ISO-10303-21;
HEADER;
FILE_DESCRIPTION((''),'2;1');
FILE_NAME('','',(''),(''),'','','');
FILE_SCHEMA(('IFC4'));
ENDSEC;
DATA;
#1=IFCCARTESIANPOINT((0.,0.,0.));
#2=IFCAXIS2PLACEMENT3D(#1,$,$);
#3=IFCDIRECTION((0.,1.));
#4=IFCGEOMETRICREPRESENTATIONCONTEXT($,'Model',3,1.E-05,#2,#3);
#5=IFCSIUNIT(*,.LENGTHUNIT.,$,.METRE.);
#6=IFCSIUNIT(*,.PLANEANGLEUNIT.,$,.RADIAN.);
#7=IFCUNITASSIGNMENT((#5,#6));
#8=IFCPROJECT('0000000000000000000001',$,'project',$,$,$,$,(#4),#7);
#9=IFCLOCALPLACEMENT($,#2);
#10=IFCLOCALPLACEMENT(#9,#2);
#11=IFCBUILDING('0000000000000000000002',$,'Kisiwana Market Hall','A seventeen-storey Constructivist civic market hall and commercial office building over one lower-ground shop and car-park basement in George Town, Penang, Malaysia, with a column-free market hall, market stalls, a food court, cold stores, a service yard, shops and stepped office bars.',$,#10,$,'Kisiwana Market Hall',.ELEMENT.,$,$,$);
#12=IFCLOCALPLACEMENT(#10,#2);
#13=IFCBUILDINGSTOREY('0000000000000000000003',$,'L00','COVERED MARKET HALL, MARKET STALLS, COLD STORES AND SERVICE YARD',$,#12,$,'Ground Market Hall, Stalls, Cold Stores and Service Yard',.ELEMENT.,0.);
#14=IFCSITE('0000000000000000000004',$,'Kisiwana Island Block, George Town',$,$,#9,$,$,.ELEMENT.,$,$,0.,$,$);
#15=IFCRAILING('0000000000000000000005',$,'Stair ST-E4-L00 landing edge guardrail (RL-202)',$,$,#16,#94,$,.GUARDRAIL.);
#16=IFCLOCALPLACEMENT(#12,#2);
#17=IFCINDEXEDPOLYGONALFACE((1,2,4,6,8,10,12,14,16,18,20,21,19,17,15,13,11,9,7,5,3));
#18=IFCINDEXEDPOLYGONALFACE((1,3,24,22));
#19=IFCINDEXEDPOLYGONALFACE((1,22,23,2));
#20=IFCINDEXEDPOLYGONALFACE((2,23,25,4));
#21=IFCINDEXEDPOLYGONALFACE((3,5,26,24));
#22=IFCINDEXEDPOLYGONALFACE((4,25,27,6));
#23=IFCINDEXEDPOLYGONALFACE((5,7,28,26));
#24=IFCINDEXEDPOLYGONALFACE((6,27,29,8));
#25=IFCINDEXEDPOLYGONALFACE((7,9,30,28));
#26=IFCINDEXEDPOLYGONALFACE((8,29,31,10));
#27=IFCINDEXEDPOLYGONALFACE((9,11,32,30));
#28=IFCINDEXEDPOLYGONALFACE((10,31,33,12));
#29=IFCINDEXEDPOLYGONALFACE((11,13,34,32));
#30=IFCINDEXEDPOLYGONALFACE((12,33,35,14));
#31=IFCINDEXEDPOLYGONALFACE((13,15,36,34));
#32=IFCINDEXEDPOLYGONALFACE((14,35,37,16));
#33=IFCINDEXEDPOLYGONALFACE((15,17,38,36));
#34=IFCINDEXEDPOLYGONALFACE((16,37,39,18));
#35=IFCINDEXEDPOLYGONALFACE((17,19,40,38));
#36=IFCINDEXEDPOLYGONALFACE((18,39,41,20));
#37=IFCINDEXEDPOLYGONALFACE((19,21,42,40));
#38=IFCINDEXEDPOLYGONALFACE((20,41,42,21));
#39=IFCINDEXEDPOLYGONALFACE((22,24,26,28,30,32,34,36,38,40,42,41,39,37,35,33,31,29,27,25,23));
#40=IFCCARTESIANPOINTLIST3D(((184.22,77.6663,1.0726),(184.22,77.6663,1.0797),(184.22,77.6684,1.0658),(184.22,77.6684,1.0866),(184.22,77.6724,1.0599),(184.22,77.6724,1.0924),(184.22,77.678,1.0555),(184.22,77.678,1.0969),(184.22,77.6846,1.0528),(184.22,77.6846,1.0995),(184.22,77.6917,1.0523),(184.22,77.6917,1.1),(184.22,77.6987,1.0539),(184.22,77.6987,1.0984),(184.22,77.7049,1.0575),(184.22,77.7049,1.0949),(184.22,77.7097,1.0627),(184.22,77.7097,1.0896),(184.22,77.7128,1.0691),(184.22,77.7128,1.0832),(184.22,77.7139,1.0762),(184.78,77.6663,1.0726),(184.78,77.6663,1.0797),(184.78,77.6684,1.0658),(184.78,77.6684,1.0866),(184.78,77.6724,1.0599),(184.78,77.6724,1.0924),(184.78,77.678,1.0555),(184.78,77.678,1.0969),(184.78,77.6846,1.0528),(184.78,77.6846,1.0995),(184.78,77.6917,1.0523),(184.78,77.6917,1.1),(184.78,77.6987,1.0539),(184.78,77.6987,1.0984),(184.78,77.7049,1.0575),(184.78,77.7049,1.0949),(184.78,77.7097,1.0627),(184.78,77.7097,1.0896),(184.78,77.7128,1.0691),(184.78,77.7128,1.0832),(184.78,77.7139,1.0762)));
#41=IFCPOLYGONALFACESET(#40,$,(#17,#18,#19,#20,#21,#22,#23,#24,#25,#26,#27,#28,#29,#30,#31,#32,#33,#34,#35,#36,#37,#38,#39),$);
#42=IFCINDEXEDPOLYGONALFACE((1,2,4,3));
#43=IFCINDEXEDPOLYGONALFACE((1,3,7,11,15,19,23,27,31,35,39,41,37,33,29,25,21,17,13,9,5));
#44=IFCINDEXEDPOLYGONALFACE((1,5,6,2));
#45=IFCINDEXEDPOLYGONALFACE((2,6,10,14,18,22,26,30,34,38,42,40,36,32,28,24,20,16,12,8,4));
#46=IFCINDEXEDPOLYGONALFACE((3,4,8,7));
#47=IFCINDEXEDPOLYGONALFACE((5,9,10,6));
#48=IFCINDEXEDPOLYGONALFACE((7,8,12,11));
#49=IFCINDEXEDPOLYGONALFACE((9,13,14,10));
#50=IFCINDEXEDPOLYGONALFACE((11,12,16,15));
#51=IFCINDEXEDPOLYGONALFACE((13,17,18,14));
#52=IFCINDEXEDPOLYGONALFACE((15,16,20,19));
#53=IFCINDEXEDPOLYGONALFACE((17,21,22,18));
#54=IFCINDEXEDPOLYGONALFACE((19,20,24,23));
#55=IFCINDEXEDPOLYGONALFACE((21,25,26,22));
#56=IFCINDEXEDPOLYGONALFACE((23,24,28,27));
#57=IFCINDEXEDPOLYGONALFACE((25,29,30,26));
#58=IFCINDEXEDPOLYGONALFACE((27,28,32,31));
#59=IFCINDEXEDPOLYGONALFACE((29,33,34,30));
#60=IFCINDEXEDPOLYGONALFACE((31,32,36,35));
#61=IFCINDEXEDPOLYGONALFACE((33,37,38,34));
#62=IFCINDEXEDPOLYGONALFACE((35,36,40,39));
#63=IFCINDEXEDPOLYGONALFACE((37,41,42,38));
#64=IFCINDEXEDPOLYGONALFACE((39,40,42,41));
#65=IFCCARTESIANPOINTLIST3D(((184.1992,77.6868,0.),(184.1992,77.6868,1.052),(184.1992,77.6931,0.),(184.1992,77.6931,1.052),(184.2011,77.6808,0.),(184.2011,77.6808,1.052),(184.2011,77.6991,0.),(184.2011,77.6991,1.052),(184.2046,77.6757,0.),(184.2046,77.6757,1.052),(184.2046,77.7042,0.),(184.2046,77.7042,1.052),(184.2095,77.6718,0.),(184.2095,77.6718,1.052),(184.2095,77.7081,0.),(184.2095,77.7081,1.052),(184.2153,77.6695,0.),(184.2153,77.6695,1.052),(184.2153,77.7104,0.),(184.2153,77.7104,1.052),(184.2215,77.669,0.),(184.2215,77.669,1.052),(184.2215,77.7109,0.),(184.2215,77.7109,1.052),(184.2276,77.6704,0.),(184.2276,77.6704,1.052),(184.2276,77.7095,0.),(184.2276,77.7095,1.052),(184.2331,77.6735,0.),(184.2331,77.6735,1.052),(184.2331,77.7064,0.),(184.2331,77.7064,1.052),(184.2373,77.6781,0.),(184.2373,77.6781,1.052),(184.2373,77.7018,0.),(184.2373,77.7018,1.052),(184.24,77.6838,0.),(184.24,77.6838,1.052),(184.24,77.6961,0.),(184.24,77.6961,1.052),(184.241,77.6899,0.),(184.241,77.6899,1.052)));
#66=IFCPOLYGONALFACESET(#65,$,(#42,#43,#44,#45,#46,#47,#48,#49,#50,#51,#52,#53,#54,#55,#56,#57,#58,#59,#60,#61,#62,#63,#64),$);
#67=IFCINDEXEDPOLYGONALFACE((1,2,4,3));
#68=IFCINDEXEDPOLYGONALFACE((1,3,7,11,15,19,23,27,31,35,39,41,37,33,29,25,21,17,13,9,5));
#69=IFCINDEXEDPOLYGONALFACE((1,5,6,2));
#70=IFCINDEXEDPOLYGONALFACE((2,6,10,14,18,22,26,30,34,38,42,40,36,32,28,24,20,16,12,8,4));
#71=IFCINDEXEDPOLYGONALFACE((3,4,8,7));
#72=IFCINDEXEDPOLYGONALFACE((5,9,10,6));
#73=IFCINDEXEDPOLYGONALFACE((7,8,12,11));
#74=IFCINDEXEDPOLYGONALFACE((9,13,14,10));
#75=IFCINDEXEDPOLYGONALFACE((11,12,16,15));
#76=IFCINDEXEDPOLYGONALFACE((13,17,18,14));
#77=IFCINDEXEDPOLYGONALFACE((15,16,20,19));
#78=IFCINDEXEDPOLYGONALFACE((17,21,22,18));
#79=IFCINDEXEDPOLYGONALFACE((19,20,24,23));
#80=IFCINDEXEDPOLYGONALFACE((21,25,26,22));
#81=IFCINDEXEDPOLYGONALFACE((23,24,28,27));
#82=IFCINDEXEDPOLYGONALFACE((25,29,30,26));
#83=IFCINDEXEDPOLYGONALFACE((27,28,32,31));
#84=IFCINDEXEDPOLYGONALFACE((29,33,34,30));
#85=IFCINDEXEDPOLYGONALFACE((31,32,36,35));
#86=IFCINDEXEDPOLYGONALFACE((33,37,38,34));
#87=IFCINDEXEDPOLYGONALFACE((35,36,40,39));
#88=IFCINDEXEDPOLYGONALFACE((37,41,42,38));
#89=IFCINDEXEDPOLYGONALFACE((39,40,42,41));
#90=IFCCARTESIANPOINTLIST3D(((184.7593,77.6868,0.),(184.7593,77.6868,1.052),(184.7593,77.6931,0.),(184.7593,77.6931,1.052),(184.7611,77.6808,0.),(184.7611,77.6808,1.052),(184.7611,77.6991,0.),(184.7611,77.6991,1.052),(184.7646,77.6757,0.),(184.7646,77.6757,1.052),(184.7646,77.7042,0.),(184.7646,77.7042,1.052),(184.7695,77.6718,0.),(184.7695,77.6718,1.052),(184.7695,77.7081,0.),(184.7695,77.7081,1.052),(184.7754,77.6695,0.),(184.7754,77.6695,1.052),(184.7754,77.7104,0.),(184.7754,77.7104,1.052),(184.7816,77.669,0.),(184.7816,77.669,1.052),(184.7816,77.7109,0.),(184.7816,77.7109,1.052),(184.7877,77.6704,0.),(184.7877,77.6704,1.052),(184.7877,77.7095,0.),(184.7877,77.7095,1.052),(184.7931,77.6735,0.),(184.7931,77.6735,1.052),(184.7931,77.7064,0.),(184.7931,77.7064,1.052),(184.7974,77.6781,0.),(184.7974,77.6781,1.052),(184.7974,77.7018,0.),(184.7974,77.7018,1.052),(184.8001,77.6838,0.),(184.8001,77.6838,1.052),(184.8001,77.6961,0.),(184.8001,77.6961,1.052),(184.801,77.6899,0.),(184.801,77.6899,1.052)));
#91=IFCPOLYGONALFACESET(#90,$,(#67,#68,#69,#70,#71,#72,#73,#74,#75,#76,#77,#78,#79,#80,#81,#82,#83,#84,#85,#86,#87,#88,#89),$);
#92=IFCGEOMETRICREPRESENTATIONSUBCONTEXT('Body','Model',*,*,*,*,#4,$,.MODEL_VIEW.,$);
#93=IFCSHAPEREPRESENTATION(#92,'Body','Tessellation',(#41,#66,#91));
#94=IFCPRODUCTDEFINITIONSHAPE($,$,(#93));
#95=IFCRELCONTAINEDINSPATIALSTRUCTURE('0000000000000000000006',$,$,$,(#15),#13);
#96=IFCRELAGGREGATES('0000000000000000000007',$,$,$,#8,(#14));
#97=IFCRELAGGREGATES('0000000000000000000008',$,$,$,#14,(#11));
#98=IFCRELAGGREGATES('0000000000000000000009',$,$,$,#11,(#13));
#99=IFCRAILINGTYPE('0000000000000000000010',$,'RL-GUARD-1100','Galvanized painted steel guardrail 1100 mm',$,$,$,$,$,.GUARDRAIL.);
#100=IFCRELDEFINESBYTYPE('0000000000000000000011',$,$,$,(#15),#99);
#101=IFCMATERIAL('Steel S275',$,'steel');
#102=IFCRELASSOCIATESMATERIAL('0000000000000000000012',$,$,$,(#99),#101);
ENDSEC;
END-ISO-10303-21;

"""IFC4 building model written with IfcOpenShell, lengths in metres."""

from ifc_helpers import new_model, si_unit, direction, frame, origin, origin_2d, place, context, subcontext, project, spatial, circle, extrude, material, type_object, element, save


model = new_model("IFC4")

# Units and contexts
model_context = context("Model", 3, precision=1e-05, world=origin(), true_north=direction((0.0, 1.0)))
body_context = subcontext(model_context, "Body", "Model", "MODEL_VIEW")
ifc_project = project(units=[si_unit("LENGTHUNIT", "METRE"), si_unit("PLANEANGLEUNIT", "RADIAN")], contexts=[model_context])

# Site, building, storey
site_placement = place(None, origin())
site = spatial("IfcSite", under=ifc_project, at=site_placement, Name="Kisiwana Island Block, George Town", CompositionType="ELEMENT", RefElevation=0.0)
building_placement = place(site_placement, origin())
building = spatial("IfcBuilding", under=site, at=building_placement, Name="Kisiwana Market Hall", Description="A seventeen-storey Constructivist civic market hall and commercial office building over one lower-ground shop and car-park basement in George Town, Penang, Malaysia, with a column-free market hall, market stalls, a food court, cold stores, a service yard, shops and stepped office bars.", LongName="Kisiwana Market Hall", CompositionType="ELEMENT")
storey_placement = place(building_placement, origin())
storey = spatial("IfcBuildingStorey", under=building, at=storey_placement, Name="L00", Description="COVERED MARKET HALL, MARKET STALLS, COLD STORES AND SERVICE YARD", LongName="Ground Market Hall, Stalls, Cold Stores and Service Yard", CompositionType="ELEMENT", Elevation=0.0)

# Railing
ifc_material_1 = material(Name="Steel S275", Category="steel")
railing_type_1 = type_object("IfcRailingType", Name="RL-GUARD-1100", Description="Galvanized painted steel guardrail 1100 mm", PredefinedType="GUARDRAIL", material=ifc_material_1)
railing_1_placement = place(storey_placement, frame((184.22, 77.6899, 0.0)))
element("IfcRailing", 1, at=railing_1_placement, inside=storey, type_object=railing_type_1, Name="Stair ST-E4-L00 landing edge guardrail (RL-202)", PredefinedType="GUARDRAIL", context=body_context, shape_type="SweptSolid", body=[
    extrude(circle(Radius=0.0239, at=origin_2d()), frame((0.0, 0.0, 1.0762), z_axis=(1.0, 0.0, 0.0), x_axis=(0.0, 1.0, 0.0)), (0.0, 0.0, 1.0), 0.5601),
    extrude(circle(Radius=0.021, at=origin_2d()), origin(), (0.0, 0.0, 1.0), 1.052),
    extrude(circle(Radius=0.021, at=origin_2d()), frame((0.5601, 0.0, 0.0)), (0.0, 0.0, 1.0), 1.052),
])

save(model, "model.ifc")
